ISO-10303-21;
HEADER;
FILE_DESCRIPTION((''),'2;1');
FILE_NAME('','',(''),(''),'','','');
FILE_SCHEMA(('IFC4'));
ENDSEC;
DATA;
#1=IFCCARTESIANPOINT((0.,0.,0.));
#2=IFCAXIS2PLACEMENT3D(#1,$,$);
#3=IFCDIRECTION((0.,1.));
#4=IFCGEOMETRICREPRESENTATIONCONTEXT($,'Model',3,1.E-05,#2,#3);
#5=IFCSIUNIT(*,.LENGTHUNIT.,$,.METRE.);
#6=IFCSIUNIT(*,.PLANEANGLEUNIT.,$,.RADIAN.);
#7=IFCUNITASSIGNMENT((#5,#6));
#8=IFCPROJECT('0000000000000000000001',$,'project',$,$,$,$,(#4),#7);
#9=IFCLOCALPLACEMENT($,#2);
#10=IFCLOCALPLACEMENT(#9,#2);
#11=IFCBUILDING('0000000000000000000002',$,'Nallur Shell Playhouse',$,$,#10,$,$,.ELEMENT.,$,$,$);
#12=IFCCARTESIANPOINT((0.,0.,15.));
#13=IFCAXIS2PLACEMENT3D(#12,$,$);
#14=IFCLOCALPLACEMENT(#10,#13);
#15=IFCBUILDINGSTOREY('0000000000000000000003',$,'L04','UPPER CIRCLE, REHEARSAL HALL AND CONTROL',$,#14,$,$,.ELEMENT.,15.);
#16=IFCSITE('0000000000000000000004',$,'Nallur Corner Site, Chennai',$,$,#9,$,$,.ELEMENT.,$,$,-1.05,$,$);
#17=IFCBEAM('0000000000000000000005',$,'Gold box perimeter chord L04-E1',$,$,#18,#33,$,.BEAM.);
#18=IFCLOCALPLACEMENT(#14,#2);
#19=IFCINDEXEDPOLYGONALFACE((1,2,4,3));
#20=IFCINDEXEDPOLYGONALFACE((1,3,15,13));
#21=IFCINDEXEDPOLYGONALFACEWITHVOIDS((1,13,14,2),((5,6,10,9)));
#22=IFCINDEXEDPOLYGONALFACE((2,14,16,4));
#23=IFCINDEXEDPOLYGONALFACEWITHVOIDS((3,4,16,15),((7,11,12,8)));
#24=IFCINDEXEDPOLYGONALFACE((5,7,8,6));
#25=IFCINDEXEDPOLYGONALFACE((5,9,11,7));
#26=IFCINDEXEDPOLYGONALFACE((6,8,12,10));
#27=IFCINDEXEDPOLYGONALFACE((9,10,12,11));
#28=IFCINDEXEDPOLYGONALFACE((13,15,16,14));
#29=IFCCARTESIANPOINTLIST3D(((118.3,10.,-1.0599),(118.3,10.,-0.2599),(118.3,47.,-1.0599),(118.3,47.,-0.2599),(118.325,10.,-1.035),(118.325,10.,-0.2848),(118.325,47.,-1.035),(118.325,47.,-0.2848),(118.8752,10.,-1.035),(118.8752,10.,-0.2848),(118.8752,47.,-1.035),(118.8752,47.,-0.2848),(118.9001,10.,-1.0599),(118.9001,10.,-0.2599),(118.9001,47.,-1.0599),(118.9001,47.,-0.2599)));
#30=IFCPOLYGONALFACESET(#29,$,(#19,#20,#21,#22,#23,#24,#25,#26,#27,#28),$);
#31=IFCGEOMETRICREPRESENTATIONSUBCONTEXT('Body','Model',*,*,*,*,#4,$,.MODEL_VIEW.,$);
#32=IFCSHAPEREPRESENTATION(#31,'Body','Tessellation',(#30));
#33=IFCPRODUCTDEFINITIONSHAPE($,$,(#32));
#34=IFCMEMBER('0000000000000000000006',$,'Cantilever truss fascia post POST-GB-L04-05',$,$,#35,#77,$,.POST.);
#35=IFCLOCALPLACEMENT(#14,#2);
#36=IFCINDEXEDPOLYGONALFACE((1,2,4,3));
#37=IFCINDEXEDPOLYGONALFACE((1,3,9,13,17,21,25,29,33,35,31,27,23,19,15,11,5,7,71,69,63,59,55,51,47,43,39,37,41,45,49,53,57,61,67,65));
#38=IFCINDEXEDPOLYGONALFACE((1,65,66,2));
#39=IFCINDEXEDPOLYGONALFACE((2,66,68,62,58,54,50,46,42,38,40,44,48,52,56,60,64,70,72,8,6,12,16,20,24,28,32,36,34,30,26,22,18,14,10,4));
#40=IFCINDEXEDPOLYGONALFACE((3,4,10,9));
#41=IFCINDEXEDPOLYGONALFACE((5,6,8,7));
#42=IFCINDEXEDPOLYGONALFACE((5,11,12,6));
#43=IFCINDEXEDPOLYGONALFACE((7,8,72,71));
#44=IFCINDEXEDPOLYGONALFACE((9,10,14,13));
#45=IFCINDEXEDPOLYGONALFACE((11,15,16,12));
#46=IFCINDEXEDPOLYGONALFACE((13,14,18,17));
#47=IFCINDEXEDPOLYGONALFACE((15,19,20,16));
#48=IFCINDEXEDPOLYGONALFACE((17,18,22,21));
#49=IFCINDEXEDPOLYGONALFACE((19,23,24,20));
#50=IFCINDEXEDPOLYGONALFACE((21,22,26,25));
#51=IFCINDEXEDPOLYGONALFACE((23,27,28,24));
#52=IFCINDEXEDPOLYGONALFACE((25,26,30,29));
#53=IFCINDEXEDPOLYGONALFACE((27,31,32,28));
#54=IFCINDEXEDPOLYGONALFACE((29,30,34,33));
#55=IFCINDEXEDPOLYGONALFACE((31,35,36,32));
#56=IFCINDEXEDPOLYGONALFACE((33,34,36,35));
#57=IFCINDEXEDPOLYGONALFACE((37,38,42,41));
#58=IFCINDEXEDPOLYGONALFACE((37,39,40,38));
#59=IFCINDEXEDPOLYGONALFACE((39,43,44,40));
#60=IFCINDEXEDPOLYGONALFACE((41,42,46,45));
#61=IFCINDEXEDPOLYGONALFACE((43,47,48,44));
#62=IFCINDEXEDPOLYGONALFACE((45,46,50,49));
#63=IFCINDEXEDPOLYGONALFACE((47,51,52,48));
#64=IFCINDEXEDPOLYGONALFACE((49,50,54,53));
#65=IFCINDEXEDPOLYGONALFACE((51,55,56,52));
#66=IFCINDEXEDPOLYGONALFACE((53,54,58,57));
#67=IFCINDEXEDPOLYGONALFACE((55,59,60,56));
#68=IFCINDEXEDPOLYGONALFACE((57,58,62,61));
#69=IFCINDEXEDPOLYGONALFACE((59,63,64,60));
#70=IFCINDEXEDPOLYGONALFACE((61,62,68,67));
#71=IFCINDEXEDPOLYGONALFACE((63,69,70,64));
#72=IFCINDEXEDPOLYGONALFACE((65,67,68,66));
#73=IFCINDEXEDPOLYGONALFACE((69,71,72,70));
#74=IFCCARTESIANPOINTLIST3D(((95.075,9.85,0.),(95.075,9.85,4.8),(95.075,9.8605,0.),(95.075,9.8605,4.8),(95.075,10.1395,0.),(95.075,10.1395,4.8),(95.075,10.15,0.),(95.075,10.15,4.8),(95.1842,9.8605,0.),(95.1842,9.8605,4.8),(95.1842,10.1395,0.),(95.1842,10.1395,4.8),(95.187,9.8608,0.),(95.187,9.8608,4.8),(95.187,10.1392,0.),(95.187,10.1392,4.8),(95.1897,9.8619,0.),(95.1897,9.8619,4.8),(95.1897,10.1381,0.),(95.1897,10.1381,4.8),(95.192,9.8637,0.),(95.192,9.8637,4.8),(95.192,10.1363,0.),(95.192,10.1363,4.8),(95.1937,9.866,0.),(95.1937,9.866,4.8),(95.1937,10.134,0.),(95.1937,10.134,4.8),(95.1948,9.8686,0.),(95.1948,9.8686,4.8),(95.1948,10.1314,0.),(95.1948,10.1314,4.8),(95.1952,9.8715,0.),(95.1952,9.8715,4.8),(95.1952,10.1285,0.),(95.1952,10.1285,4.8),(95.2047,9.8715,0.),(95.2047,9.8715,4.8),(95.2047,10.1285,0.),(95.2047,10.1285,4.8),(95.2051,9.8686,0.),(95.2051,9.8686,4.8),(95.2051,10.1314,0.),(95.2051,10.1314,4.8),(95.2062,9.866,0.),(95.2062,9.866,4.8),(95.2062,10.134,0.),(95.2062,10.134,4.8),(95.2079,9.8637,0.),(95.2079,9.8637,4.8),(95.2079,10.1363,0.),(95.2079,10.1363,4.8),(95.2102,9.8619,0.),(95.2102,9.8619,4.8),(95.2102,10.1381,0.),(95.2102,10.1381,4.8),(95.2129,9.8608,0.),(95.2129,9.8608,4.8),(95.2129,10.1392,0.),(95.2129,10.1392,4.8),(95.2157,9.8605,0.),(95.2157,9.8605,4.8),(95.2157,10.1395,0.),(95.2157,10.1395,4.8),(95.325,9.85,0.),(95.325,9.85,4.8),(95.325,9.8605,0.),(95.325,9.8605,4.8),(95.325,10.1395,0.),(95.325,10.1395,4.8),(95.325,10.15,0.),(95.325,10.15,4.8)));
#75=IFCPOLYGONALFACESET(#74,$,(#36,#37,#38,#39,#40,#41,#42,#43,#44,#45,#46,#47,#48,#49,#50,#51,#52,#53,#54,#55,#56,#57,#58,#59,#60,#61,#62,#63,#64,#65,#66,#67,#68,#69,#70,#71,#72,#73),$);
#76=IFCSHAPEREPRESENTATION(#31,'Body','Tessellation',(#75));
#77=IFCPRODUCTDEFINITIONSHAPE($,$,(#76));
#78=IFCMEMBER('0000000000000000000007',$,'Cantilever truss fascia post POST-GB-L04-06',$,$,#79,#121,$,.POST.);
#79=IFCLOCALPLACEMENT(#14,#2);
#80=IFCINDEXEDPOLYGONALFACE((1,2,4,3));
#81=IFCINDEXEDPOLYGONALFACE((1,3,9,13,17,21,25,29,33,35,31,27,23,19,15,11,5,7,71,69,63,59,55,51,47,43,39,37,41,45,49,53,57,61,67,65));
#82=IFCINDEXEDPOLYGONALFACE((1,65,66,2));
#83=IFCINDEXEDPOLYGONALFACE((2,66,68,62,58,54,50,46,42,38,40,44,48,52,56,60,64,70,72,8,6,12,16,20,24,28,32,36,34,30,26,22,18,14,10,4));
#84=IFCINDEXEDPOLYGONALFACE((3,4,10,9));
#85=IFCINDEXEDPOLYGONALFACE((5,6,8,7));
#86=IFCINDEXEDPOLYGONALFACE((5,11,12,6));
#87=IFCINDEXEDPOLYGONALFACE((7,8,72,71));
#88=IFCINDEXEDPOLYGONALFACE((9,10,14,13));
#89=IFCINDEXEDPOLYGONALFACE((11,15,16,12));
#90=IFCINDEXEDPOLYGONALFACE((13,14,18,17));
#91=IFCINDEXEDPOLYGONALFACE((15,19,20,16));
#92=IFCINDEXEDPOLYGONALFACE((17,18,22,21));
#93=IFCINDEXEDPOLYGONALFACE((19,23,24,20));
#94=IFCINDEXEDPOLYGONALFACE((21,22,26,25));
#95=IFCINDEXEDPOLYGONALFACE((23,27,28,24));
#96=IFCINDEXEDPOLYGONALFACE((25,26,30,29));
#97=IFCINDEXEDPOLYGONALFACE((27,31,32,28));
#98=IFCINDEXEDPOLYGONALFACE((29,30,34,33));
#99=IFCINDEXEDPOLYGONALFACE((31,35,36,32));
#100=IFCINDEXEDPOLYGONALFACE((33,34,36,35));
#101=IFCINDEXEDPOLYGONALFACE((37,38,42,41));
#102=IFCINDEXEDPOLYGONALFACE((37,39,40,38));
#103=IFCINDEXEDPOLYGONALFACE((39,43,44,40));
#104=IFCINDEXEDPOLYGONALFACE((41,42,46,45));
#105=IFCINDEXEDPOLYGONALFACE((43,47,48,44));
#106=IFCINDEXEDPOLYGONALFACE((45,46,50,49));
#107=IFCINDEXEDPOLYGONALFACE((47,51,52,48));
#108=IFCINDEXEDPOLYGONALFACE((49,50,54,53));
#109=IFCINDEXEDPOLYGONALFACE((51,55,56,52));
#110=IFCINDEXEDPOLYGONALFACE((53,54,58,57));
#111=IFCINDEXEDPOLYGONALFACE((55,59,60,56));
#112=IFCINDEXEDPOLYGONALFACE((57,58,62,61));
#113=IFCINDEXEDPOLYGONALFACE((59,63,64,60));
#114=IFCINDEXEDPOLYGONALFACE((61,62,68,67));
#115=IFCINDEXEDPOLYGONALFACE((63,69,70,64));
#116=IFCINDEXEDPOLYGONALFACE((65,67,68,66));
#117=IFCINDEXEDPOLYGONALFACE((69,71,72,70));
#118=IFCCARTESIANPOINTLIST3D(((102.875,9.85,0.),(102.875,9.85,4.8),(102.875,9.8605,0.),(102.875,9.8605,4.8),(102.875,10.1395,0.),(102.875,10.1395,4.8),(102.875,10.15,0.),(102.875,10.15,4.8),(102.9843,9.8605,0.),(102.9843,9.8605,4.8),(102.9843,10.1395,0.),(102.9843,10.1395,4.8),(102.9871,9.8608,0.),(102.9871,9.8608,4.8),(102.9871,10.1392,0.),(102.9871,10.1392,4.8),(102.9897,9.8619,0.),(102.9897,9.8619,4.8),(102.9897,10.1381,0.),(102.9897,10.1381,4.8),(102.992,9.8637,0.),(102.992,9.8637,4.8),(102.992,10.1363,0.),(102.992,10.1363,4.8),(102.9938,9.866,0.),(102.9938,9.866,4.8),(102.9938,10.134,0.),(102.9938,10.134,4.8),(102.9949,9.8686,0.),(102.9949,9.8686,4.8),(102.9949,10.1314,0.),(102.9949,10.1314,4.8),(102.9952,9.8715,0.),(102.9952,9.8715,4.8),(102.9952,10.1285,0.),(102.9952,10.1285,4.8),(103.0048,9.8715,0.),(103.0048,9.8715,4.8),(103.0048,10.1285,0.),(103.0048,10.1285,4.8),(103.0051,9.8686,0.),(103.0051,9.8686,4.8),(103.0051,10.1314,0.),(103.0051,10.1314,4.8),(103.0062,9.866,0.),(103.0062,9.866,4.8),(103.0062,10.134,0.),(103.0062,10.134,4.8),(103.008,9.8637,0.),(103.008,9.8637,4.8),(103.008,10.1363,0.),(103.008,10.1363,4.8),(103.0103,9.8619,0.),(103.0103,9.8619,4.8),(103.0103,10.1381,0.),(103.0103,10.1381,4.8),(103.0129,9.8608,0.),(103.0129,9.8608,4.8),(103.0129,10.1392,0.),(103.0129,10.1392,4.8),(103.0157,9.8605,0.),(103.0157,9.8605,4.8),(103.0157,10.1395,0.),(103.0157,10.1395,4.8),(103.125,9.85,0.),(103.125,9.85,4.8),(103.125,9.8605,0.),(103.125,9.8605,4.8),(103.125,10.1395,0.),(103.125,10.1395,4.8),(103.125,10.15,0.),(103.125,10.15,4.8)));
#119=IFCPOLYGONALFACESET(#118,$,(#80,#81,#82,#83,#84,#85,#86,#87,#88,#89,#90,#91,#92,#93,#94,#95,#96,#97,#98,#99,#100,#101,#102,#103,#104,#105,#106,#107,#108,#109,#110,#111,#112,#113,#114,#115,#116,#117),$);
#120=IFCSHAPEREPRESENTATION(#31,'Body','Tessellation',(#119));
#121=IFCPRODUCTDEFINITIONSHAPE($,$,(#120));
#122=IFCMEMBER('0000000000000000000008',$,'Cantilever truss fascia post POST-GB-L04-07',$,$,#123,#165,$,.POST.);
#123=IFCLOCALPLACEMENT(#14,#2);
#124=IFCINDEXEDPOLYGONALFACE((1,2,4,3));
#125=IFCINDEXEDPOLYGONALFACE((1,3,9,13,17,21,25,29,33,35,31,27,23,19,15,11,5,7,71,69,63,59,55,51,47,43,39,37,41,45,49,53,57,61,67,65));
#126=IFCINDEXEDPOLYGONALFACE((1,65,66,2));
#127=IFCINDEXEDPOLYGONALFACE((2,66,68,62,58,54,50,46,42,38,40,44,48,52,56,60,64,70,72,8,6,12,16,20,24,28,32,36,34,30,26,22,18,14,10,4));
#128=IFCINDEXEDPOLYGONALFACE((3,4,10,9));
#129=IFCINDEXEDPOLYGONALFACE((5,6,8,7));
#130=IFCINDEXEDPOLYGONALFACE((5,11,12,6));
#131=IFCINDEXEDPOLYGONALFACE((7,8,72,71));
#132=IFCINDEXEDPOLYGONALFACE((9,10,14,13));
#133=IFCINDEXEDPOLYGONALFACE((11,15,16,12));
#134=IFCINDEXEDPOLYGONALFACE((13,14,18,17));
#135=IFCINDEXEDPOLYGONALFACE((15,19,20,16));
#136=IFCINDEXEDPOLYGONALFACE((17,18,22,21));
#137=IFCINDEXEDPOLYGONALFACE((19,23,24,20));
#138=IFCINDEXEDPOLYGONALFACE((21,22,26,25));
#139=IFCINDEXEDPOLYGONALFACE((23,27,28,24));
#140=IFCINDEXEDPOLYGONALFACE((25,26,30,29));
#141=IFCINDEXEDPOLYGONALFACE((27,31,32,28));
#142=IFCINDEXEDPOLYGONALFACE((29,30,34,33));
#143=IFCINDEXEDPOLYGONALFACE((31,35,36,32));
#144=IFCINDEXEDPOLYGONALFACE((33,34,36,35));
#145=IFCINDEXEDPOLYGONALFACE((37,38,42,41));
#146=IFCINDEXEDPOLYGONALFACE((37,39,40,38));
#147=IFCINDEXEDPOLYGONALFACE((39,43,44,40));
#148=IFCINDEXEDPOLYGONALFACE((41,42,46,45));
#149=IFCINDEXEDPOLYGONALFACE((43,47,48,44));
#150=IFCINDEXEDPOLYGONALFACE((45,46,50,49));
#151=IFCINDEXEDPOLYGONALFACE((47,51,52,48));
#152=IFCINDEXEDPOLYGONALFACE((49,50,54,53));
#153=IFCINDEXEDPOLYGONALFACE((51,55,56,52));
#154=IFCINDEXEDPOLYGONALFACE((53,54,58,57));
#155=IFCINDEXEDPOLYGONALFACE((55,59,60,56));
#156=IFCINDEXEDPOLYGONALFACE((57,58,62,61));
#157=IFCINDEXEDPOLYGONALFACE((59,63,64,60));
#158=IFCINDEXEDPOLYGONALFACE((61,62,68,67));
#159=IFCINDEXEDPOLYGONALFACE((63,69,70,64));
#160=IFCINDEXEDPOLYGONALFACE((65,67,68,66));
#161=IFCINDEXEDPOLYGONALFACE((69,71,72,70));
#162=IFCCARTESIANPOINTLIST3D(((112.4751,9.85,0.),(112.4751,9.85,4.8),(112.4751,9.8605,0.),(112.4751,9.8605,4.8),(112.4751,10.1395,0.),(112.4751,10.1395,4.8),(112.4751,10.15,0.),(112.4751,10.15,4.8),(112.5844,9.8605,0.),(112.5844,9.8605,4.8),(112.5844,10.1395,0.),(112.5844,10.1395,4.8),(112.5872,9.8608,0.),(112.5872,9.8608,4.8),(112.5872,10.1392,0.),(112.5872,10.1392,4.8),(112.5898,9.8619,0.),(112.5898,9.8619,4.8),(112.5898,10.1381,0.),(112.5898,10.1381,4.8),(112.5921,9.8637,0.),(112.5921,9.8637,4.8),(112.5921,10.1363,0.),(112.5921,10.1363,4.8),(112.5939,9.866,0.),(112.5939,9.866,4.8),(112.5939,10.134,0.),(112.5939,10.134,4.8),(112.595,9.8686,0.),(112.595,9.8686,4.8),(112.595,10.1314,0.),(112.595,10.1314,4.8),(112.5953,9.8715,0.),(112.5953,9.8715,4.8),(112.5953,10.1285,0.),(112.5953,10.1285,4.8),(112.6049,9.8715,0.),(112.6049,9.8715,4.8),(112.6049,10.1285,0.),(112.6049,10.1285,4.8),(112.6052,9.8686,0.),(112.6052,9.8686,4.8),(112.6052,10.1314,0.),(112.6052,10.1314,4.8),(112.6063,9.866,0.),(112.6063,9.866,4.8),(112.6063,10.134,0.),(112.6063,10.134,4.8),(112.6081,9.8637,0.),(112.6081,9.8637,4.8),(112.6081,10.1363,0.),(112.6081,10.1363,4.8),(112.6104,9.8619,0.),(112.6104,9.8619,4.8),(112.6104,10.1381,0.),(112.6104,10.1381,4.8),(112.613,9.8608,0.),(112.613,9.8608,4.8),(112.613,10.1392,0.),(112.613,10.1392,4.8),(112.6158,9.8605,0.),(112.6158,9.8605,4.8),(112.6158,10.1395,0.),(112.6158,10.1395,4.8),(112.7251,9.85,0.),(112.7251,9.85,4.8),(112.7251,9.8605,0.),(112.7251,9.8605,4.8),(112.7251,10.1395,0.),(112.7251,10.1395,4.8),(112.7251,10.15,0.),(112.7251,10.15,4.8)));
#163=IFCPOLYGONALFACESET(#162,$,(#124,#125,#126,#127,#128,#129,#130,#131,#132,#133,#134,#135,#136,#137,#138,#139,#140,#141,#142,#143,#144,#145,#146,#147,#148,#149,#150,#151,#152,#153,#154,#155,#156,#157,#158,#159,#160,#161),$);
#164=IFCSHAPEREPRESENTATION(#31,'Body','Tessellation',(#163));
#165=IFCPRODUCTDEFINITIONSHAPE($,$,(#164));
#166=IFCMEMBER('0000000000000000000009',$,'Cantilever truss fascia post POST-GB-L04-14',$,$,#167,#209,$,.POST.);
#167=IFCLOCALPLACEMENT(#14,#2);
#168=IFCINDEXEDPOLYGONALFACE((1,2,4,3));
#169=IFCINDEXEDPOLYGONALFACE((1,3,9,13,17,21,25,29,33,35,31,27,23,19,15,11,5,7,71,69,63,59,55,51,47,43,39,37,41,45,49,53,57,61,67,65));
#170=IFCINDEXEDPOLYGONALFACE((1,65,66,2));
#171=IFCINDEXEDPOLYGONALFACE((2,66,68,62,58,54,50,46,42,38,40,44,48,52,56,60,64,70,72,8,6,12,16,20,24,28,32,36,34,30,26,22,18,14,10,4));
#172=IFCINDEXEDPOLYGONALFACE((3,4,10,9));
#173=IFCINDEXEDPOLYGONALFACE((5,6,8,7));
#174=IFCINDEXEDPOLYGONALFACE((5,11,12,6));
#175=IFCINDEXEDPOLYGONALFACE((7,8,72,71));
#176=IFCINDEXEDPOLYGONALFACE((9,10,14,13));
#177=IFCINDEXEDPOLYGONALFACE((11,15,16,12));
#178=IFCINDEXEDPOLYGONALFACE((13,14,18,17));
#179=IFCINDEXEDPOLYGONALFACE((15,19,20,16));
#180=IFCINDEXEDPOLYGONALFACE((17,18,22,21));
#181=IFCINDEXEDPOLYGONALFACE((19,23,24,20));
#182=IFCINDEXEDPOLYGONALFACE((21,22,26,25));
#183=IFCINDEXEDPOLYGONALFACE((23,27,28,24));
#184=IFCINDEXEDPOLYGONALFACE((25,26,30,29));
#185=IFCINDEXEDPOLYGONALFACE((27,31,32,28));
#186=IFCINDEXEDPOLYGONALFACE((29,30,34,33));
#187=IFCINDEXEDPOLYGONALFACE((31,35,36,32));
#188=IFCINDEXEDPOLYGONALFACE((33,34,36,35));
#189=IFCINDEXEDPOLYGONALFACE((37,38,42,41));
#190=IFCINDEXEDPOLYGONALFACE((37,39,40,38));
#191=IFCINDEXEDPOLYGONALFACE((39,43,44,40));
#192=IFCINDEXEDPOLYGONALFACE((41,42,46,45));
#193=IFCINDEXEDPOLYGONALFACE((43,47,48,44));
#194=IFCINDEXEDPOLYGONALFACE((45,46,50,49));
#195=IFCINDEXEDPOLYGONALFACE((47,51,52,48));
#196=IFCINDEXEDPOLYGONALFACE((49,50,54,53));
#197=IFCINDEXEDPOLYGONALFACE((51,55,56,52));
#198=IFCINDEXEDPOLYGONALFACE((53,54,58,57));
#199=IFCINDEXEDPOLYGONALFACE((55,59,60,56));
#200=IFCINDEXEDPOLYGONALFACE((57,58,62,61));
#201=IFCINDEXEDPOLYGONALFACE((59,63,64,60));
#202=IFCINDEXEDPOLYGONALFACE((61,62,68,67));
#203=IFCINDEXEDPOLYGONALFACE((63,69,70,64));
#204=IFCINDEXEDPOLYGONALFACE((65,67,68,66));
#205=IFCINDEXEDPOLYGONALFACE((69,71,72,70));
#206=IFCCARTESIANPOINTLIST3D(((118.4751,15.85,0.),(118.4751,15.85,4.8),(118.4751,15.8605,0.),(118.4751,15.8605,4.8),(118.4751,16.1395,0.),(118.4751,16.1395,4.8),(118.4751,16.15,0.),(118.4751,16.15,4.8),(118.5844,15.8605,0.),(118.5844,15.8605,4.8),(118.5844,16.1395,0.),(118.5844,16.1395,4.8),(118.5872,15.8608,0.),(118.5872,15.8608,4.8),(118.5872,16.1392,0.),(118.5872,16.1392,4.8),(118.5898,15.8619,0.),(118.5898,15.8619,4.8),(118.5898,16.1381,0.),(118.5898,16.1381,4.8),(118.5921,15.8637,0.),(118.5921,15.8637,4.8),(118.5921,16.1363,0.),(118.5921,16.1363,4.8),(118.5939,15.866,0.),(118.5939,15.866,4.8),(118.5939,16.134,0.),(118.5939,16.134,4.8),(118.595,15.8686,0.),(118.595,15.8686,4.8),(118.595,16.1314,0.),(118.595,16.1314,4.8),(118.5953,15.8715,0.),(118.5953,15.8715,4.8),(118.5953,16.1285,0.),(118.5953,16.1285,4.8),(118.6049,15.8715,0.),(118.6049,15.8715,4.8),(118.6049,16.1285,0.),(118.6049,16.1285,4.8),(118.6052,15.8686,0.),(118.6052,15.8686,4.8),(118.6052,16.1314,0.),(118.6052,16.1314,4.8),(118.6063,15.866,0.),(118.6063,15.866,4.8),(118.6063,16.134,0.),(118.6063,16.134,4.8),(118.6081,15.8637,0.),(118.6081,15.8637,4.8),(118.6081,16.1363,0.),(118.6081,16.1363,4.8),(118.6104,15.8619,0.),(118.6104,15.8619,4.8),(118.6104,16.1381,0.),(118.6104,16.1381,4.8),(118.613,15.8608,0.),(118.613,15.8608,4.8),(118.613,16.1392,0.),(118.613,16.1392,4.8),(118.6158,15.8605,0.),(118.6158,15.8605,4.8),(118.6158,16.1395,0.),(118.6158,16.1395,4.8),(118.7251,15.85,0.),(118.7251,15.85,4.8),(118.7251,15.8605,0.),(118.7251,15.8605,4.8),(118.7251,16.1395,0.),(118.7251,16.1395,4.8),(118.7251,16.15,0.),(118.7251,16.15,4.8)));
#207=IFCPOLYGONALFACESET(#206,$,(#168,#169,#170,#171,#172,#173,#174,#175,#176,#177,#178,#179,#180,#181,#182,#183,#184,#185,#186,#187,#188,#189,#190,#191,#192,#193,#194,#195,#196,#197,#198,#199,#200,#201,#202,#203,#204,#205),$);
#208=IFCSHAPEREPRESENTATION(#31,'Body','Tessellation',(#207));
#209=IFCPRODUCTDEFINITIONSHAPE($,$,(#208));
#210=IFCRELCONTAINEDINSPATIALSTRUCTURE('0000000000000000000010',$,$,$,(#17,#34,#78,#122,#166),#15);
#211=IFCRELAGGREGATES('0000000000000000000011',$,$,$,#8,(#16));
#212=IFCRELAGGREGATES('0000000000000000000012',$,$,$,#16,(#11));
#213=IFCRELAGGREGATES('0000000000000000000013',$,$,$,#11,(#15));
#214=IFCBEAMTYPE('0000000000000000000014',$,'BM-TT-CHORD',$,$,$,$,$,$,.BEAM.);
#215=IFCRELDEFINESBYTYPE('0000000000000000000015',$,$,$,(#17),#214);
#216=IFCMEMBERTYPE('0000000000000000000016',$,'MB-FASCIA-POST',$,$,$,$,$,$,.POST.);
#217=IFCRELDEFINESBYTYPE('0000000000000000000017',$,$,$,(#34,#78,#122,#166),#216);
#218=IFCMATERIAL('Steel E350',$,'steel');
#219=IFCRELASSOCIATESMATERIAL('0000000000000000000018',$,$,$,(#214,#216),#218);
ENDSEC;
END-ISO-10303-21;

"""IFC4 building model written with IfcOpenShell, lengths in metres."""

from ifc_helpers import new_model, si_unit, direction, frame, origin, origin_2d, place, context, subcontext, project, spatial, hollow_rectangle, i_section, extrude, material, material_profile, profile_set, type_object, element, save


model = new_model("IFC4")

# Units and contexts
model_context = context("Model", 3, precision=1e-05, world=origin(), true_north=direction((0.0, 1.0)))
body_context = subcontext(model_context, "Body", "Model", "MODEL_VIEW")
ifc_project = project(units=[si_unit("LENGTHUNIT", "METRE"), si_unit("PLANEANGLEUNIT", "RADIAN")], contexts=[model_context])

# Site, building, storey
site_placement = place(None, origin())
site = spatial("IfcSite", under=ifc_project, at=site_placement, Name="Nallur Corner Site, Chennai", CompositionType="ELEMENT", RefElevation=-1.05)
building_placement = place(site_placement, origin())
building = spatial("IfcBuilding", under=site, at=building_placement, Name="Nallur Shell Playhouse", CompositionType="ELEMENT")
storey_placement = place(building_placement, frame((0.0, 0.0, 15.0)))
storey = spatial("IfcBuildingStorey", under=building, at=storey_placement, Name="L04", Description="UPPER CIRCLE, REHEARSAL HALL AND CONTROL", CompositionType="ELEMENT", Elevation=15.0)

# Beam
ifc_material_1 = material(Name="Steel E350", Category="steel")
ifc_material_profile_1 = material_profile(ifc_material_1, hollow_rectangle(XDim=0.6001, YDim=0.8, WallThickness=0.0249, at=origin_2d()), Name="BOX 600x800x25")
ifc_profile_set_1 = profile_set([ifc_material_profile_1], Name="Steel E350")
beam_type_1 = type_object("IfcBeamType", Name="BM-TT-CHORD", PredefinedType="BEAM", material=ifc_profile_set_1)
beam_1_placement = place(storey_placement, frame((118.6001, 10.0, -0.6599), z_axis=(0.0, 1.0, 0.0), x_axis=(-1.0, 0.0, 0.0)))
element("IfcBeam", 1, at=beam_1_placement, inside=storey, type_object=beam_type_1, Name="Gold box perimeter chord L04-E1", PredefinedType="BEAM", context=body_context, shape_type="SweptSolid", body=[
    extrude(hollow_rectangle(XDim=0.6001, YDim=0.8, WallThickness=0.0249, at=origin_2d()), origin(), (0.0, 0.0, 1.0), 37.0),
])

# Members
ifc_material_profile_2 = material_profile(ifc_material_1, i_section(OverallWidth=0.25, OverallDepth=0.3, WebThickness=0.0095, FlangeThickness=0.0105, FilletRadius=0.011, at=origin_2d()), Name="ISHB 300")
ifc_profile_set_2 = profile_set([ifc_material_profile_2], Name="Steel E350")
member_type_1 = type_object("IfcMemberType", Name="MB-FASCIA-POST", PredefinedType="POST", material=ifc_profile_set_2)
for number, where, z_axis, x_axis, name in (
    (2, (95.2, 10.0, 0.0), (0.0, 0.0, 1.0), (1.0, 0.0, 0.0), "Cantilever truss fascia post POST-GB-L04-05"),
    (3, (103.0, 10.0, 0.0), (0.0, 0.0, 1.0), (1.0, 0.0, 0.0), "Cantilever truss fascia post POST-GB-L04-06"),
    (4, (112.6001, 10.0, 0.0), (0.0, 0.0, 1.0), (1.0, 0.0, 0.0), "Cantilever truss fascia post POST-GB-L04-07"),
    (5, (118.6001, 16.0, 0.0), (0.0, 0.0, 1.0), (1.0, 0.0, 0.0), "Cantilever truss fascia post POST-GB-L04-14"),
):
    element("IfcMember", number, at=place(storey_placement, frame(where, z_axis=z_axis, x_axis=x_axis)), inside=storey, type_object=member_type_1, Name=name, PredefinedType="POST", context=body_context, shape_type="SweptSolid", body=[
        extrude(i_section(OverallWidth=0.25, OverallDepth=0.3, WebThickness=0.0095, FlangeThickness=0.0105, FilletRadius=0.011, at=origin_2d()), origin(), (0.0, 0.0, 1.0), 4.8),
    ])

save(model, "model.ifc")
